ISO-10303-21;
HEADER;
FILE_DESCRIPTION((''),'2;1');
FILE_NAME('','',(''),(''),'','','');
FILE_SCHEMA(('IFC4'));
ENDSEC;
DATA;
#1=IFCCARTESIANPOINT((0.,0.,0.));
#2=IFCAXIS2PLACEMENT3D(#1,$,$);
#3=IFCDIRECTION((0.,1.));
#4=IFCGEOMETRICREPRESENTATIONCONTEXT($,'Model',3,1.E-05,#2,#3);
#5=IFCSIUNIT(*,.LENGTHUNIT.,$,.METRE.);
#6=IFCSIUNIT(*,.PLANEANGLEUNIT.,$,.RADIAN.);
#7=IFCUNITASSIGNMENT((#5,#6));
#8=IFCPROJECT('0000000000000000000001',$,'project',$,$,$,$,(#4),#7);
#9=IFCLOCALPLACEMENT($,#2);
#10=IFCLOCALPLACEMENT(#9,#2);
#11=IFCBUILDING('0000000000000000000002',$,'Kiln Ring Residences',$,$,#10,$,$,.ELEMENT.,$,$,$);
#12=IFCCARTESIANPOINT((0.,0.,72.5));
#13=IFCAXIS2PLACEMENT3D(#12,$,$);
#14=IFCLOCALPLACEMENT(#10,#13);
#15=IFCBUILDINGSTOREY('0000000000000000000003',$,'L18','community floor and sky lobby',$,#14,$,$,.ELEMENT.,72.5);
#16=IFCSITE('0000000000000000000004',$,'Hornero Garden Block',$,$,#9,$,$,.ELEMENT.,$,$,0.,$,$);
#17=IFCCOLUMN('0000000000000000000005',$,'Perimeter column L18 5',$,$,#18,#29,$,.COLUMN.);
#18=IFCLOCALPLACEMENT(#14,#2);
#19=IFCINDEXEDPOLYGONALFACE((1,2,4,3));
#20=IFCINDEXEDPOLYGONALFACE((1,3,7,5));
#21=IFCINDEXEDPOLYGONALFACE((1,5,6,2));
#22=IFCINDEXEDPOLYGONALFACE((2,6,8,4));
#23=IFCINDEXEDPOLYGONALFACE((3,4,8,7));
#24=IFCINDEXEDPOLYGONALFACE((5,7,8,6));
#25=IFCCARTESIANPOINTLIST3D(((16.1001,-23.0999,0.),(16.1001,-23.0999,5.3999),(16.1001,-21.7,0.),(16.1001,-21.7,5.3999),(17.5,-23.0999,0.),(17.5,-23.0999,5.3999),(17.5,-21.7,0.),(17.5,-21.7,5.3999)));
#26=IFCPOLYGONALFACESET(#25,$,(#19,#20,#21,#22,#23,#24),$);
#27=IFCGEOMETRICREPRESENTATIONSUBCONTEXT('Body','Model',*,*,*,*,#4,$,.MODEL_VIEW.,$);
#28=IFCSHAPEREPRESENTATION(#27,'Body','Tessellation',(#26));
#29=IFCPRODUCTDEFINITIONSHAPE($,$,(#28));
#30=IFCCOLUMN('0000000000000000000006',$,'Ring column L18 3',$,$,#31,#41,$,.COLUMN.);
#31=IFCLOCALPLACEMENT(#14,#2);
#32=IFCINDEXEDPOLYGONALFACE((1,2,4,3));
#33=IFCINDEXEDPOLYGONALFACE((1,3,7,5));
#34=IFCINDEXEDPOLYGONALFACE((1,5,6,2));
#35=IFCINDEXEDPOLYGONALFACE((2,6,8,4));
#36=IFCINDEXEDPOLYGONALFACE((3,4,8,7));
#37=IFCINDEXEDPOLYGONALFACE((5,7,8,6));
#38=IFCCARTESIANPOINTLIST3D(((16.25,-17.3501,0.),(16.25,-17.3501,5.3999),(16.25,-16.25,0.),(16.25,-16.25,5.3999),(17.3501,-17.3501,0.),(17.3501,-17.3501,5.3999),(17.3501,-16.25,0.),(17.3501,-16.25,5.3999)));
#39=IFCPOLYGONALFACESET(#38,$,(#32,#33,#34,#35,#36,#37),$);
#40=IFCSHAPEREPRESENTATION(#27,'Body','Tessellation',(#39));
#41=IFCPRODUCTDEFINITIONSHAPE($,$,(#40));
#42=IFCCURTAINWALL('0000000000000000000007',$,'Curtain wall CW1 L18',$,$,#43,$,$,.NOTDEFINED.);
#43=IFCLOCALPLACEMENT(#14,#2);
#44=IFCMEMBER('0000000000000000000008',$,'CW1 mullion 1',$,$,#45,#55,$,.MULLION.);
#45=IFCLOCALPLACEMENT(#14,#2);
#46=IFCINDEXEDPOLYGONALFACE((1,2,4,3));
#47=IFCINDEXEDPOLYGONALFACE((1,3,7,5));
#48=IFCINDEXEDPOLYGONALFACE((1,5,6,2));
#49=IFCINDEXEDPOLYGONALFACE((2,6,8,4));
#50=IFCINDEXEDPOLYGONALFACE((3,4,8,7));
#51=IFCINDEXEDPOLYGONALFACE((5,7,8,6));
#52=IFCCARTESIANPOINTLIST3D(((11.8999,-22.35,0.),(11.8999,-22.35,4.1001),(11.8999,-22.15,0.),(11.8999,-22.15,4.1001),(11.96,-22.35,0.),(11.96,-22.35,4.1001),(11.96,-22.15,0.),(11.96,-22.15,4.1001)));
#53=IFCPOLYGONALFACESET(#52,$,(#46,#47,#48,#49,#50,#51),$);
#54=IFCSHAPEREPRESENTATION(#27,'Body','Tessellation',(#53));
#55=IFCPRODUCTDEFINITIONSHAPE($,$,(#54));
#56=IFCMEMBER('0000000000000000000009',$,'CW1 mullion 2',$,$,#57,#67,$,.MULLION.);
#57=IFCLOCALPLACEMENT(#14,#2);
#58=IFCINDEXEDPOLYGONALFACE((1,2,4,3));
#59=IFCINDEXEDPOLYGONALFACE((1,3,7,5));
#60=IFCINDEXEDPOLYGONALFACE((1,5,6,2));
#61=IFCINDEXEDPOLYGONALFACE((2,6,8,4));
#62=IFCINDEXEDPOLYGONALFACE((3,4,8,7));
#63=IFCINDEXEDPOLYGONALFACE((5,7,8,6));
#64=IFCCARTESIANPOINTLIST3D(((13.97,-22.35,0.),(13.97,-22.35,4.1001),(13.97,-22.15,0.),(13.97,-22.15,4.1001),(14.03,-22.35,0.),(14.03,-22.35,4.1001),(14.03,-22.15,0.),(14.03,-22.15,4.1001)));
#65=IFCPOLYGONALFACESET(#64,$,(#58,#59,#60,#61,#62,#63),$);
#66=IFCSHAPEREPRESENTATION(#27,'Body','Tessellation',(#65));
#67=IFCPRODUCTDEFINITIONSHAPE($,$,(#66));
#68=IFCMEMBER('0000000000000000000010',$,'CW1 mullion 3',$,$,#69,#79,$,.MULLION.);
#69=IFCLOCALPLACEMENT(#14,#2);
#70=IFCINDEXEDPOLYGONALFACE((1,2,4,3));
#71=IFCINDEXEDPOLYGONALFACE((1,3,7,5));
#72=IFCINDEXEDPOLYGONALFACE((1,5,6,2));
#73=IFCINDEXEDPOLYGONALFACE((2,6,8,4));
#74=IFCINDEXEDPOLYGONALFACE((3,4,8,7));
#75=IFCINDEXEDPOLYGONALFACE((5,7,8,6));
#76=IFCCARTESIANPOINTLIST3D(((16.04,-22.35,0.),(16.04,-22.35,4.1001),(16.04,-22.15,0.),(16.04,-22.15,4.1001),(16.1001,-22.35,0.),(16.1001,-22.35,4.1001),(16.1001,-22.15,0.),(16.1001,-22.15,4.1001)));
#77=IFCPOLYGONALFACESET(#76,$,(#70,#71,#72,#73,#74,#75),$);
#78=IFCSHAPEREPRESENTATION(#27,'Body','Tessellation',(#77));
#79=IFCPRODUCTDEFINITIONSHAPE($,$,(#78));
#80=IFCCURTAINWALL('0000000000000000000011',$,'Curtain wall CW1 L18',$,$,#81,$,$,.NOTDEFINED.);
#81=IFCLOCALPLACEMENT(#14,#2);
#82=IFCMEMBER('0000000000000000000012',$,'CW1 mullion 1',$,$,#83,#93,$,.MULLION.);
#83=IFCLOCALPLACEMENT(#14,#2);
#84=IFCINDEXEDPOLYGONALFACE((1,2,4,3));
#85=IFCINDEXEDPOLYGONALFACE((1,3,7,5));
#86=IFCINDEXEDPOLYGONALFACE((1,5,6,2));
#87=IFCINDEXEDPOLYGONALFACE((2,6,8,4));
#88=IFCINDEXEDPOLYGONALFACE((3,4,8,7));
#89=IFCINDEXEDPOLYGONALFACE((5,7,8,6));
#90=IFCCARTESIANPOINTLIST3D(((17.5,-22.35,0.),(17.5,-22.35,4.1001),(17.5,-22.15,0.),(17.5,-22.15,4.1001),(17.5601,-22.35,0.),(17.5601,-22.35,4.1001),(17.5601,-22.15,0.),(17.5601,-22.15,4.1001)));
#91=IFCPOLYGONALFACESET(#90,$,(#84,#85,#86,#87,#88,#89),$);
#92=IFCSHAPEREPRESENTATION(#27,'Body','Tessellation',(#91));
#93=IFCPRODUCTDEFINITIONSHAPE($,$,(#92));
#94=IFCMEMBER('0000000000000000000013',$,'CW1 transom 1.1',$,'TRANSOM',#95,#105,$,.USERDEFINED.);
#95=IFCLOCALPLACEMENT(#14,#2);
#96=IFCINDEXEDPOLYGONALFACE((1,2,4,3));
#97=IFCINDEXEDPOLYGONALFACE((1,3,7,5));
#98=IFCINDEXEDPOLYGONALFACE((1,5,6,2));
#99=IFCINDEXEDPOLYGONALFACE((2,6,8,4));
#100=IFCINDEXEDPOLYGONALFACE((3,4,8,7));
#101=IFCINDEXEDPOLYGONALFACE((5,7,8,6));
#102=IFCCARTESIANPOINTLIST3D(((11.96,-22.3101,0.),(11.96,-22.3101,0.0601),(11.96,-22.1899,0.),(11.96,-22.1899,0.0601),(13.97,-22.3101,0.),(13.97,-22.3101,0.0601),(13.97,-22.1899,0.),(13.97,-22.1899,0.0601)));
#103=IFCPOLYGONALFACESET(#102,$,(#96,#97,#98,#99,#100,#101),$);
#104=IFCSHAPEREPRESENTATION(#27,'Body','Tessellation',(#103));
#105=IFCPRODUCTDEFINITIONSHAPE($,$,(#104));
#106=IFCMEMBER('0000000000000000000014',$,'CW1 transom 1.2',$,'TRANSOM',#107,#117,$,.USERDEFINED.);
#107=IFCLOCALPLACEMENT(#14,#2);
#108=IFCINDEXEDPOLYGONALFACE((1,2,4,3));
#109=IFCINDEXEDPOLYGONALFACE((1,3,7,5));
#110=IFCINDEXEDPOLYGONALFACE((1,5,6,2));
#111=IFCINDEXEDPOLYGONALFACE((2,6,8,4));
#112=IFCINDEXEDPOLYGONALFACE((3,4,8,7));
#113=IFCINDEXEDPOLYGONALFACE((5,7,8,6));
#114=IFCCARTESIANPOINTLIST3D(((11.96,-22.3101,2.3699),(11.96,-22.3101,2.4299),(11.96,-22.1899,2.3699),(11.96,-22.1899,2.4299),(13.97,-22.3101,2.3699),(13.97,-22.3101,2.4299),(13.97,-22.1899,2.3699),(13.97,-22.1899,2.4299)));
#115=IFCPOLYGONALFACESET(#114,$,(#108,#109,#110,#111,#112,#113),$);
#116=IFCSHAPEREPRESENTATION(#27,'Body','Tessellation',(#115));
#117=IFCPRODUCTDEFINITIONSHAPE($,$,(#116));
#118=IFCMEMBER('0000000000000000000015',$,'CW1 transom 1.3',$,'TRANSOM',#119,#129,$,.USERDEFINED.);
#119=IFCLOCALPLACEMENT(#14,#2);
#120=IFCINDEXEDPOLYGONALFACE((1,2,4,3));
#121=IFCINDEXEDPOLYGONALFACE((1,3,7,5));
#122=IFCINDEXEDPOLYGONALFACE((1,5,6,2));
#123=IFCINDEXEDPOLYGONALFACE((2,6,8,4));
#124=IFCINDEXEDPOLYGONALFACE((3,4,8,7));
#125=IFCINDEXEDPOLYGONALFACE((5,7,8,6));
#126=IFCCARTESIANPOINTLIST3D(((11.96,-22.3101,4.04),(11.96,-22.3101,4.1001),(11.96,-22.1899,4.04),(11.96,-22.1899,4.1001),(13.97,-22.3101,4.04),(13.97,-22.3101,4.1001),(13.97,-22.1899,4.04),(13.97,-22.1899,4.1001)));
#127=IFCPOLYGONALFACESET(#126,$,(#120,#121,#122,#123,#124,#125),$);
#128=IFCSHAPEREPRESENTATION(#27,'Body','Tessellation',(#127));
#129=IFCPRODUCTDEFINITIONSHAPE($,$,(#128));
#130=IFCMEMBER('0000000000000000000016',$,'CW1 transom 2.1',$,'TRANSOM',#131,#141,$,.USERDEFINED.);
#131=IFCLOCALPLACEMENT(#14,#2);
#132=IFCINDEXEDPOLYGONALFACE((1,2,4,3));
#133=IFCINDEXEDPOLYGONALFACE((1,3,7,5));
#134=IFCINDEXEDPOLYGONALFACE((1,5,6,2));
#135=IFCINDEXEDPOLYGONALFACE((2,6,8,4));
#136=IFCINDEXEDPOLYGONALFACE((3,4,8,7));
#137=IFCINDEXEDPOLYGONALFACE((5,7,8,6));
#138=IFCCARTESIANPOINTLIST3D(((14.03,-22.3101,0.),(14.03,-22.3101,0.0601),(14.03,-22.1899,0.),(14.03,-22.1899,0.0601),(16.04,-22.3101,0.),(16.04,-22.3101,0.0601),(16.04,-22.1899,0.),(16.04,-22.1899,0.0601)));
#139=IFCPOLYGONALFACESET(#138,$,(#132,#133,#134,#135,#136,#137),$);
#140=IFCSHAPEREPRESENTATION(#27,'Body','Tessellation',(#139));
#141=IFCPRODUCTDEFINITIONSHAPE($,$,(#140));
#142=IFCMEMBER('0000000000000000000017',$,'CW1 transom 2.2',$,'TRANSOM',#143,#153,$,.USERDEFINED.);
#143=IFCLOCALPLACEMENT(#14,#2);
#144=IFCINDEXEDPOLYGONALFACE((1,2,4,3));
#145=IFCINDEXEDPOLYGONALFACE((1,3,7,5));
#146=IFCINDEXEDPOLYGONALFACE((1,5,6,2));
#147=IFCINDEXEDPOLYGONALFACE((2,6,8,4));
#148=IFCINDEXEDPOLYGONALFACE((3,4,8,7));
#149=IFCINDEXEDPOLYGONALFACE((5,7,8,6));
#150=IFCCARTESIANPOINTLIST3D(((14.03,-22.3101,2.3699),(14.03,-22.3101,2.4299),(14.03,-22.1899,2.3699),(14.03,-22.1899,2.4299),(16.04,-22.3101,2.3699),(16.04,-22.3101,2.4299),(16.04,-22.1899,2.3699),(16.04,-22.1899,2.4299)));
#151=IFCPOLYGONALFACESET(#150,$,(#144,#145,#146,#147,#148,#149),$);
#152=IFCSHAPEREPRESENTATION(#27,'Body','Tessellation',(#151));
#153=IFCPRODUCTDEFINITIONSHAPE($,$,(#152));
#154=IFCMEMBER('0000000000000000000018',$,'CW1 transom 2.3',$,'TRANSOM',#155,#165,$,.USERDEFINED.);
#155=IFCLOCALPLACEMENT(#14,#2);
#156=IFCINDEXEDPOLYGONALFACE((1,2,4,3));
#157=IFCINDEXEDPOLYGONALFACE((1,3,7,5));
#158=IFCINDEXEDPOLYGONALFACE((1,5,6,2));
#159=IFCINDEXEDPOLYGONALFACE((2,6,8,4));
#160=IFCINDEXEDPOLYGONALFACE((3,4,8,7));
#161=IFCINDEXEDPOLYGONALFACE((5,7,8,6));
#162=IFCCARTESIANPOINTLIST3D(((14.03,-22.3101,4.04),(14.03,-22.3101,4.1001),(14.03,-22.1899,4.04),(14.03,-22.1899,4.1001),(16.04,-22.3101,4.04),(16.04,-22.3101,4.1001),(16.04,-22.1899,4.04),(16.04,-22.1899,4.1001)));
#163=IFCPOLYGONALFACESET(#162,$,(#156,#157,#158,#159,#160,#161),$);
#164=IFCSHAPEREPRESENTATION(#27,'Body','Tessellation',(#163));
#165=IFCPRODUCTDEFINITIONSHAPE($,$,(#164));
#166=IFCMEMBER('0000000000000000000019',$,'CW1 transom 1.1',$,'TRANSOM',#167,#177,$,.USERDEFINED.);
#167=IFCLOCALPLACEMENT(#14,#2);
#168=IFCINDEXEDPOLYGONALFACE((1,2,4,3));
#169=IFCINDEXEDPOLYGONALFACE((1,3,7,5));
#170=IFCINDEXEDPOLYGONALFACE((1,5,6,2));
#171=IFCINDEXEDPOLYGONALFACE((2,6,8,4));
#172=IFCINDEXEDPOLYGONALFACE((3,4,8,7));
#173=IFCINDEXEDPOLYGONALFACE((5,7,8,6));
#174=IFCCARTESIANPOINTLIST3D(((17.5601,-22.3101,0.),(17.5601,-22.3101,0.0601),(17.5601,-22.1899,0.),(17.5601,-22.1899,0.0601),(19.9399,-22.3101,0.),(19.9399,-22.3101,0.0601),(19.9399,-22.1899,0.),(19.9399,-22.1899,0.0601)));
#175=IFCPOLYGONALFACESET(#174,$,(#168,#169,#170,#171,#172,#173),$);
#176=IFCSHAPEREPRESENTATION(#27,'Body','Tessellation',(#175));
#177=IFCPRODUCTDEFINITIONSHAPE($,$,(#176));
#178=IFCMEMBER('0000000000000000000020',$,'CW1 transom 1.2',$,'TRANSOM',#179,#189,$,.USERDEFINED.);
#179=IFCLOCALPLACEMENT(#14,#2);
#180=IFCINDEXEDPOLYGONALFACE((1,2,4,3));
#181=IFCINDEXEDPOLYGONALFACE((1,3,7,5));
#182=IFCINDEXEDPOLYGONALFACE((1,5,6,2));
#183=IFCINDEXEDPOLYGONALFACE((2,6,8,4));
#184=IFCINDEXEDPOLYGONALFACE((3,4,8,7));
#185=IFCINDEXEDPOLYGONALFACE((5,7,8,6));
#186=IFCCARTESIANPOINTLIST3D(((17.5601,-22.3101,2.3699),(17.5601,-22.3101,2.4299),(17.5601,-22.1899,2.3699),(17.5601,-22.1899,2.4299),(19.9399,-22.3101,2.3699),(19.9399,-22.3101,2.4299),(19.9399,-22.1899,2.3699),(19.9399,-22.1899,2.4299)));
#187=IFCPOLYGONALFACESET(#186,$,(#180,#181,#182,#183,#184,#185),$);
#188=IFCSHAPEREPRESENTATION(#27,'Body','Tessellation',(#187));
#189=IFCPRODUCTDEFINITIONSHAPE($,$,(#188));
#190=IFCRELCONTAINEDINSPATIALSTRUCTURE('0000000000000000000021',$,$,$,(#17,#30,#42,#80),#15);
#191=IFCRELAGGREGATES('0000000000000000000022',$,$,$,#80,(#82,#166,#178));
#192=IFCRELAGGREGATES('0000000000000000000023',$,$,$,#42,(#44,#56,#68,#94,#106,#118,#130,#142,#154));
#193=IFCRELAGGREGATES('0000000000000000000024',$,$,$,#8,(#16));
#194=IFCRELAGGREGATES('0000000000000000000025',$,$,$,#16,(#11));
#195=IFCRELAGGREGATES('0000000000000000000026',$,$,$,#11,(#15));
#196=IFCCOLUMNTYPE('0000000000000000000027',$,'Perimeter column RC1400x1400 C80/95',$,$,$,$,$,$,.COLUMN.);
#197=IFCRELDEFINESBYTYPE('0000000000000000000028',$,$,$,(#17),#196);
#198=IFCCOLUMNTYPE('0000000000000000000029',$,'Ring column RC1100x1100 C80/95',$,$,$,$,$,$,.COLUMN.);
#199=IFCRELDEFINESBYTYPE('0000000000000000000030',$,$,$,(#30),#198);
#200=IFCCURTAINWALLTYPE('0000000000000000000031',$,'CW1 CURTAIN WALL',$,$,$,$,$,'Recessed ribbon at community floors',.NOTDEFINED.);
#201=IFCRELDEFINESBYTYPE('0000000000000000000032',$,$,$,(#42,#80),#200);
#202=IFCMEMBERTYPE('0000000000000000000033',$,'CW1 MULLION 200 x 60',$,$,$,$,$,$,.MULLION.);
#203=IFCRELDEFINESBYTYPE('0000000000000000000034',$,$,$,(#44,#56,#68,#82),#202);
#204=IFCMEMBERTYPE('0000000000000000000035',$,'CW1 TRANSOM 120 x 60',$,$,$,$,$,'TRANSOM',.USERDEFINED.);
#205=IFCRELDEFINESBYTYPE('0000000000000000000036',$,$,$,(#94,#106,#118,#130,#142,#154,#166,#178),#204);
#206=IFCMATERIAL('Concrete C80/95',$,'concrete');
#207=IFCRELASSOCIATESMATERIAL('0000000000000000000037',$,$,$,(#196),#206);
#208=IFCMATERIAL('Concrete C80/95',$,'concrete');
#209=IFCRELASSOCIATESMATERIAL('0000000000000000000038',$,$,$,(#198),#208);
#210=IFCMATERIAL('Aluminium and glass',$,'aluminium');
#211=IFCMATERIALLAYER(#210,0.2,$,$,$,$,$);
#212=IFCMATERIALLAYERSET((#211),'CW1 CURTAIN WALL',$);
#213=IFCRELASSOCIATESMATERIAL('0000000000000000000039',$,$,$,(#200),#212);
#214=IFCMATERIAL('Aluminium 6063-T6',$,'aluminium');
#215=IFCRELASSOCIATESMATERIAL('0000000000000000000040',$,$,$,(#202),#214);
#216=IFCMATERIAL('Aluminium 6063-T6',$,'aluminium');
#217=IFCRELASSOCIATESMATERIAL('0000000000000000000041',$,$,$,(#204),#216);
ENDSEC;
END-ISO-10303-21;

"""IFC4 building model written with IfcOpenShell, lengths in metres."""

from ifc_helpers import new_model, si_unit, direction, frame, origin, origin_2d, place, context, subcontext, project, spatial, rectangle, extrude, material, layer, layer_set, material_profile, profile_set, type_object, element, aggregate, save


model = new_model("IFC4")

# Units and contexts
model_context = context("Model", 3, precision=1e-05, world=origin(), true_north=direction((0.0, 1.0)))
body_context = subcontext(model_context, "Body", "Model", "MODEL_VIEW")
ifc_project = project(units=[si_unit("LENGTHUNIT", "METRE"), si_unit("PLANEANGLEUNIT", "RADIAN")], contexts=[model_context])

# Site, building, storey
site_placement = place(None, origin())
site = spatial("IfcSite", under=ifc_project, at=site_placement, Name="Hornero Garden Block", CompositionType="ELEMENT", RefElevation=0.0)
building_placement = place(site_placement, origin())
building = spatial("IfcBuilding", under=site, at=building_placement, Name="Kiln Ring Residences", CompositionType="ELEMENT")
storey_placement = place(building_placement, frame((0.0, 0.0, 72.5)))
storey = spatial("IfcBuildingStorey", under=building, at=storey_placement, Name="L18", Description="community floor and sky lobby", CompositionType="ELEMENT", Elevation=72.5)

# Columns
ifc_material_1 = material(Name="Concrete C80/95", Category="concrete")
ifc_material_profile_1 = material_profile(ifc_material_1, rectangle(XDim=1.3999, YDim=1.3999, at=origin_2d()), Name="RC1400x1400")
ifc_profile_set_1 = profile_set([ifc_material_profile_1], Name="Concrete C80/95")
column_type_1 = type_object("IfcColumnType", Name="Perimeter column RC1400x1400 C80/95", PredefinedType="COLUMN", material=ifc_profile_set_1)
column_1_placement = place(storey_placement, frame((16.8, -22.3999, 0.0), z_axis=(0.0, 0.0, 1.0), x_axis=(1.0, 0.0, 0.0)))
element("IfcColumn", 1, at=column_1_placement, inside=storey, type_object=column_type_1, Name="Perimeter column L18 5", PredefinedType="COLUMN", context=body_context, shape_type="SweptSolid", body=[
    extrude(rectangle(XDim=1.3999, YDim=1.3999, at=origin_2d()), origin(), (0.0, 0.0, 1.0), 5.3999),
])
ifc_material_2 = material(Name="Concrete C80/95", Category="concrete")
ifc_material_profile_2 = material_profile(ifc_material_2, rectangle(XDim=1.1001, YDim=1.1001, at=origin_2d()), Name="RC1100x1100")
ifc_profile_set_2 = profile_set([ifc_material_profile_2], Name="Concrete C80/95")
column_type_2 = type_object("IfcColumnType", Name="Ring column RC1100x1100 C80/95", PredefinedType="COLUMN", material=ifc_profile_set_2)
column_2_placement = place(storey_placement, frame((16.8, -16.8, 0.0), z_axis=(0.0, 0.0, 1.0), x_axis=(1.0, 0.0, 0.0)))
element("IfcColumn", 2, at=column_2_placement, inside=storey, type_object=column_type_2, Name="Ring column L18 3", PredefinedType="COLUMN", context=body_context, shape_type="SweptSolid", body=[
    extrude(rectangle(XDim=1.1001, YDim=1.1001, at=origin_2d()), origin(), (0.0, 0.0, 1.0), 5.3999),
])

# Curtain wall, members
ifc_material_3 = material(Name="Aluminium and glass", Category="aluminium")
ifc_layer_1 = layer(ifc_material_3, 0.2)
ifc_layer_set_1 = layer_set([ifc_layer_1], Name="CW1 CURTAIN WALL")
curtain_wall_type = type_object("IfcCurtainWallType", Name="CW1 CURTAIN WALL", ElementType="Recessed ribbon at community floors", PredefinedType="NOTDEFINED", material=ifc_layer_set_1)
placement = place(storey_placement, origin())
curtain_wall_1 = element("IfcCurtainWall", 3, at=placement, inside=storey, type_object=curtain_wall_type, Name="Curtain wall CW1 L18", PredefinedType="NOTDEFINED")
ifc_material_4 = material(Name="Aluminium 6063-T6", Category="aluminium")
ifc_material_profile_3 = material_profile(ifc_material_4, rectangle(XDim=0.2, YDim=0.0601, at=origin_2d()), Name="AL 200x60")
ifc_profile_set_3 = profile_set([ifc_material_profile_3], Name="Aluminium 6063-T6")
member_type_1 = type_object("IfcMemberType", Name="CW1 MULLION 200 x 60", PredefinedType="MULLION", material=ifc_profile_set_3)
member_1_placement = place(storey_placement, frame((11.9299, -22.25, 0.0), z_axis=(0.0, 0.0, 1.0), x_axis=(0.0, 1.0, 0.0)))
member_1 = element("IfcMember", 4, at=member_1_placement, type_object=member_type_1, Name="CW1 mullion 1", PredefinedType="MULLION", context=body_context, shape_type="SweptSolid", body=[
    extrude(rectangle(XDim=0.2, YDim=0.0601, at=origin_2d()), origin(), (0.0, 0.0, 1.0), 4.1001),
])
member_2_placement = place(storey_placement, frame((14.0, -22.25, 0.0), z_axis=(0.0, 0.0, 1.0), x_axis=(0.0, 1.0, 0.0)))
member_2 = element("IfcMember", 5, at=member_2_placement, type_object=member_type_1, Name="CW1 mullion 2", PredefinedType="MULLION", context=body_context, shape_type="SweptSolid", body=[
    extrude(rectangle(XDim=0.2, YDim=0.0601, at=origin_2d()), origin(), (0.0, 0.0, 1.0), 4.1001),
])
member_3_placement = place(storey_placement, frame((16.0701, -22.25, 0.0), z_axis=(0.0, 0.0, 1.0), x_axis=(0.0, 1.0, 0.0)))
member_3 = element("IfcMember", 6, at=member_3_placement, type_object=member_type_1, Name="CW1 mullion 3", PredefinedType="MULLION", context=body_context, shape_type="SweptSolid", body=[
    extrude(rectangle(XDim=0.2, YDim=0.0601, at=origin_2d()), origin(), (0.0, 0.0, 1.0), 4.1001),
])

# Curtain wall, member
curtain_wall_2 = element("IfcCurtainWall", 7, at=placement, inside=storey, type_object=curtain_wall_type, Name="Curtain wall CW1 L18", PredefinedType="NOTDEFINED")
member_4_placement = place(storey_placement, frame((17.53, -22.25, 0.0), z_axis=(0.0, 0.0, 1.0), x_axis=(0.0, 1.0, 0.0)))
member_4 = element("IfcMember", 8, at=member_4_placement, type_object=member_type_1, Name="CW1 mullion 1", PredefinedType="MULLION", context=body_context, shape_type="SweptSolid", body=[
    extrude(rectangle(XDim=0.2, YDim=0.0601, at=origin_2d()), origin(), (0.0, 0.0, 1.0), 4.1001),
])

# Members
ifc_material_5 = material(Name="Aluminium 6063-T6", Category="aluminium")
ifc_material_profile_4 = material_profile(ifc_material_5, rectangle(XDim=0.1201, YDim=0.0601, at=origin_2d()), Name="AL 120x60")
ifc_profile_set_4 = profile_set([ifc_material_profile_4], Name="Aluminium 6063-T6")
member_type_2 = type_object("IfcMemberType", Name="CW1 TRANSOM 120 x 60", ElementType="TRANSOM", PredefinedType="USERDEFINED", material=ifc_profile_set_4)
member_5_placement = place(storey_placement, frame((11.96, -22.25, 0.03), z_axis=(1.0, 0.0, 0.0), x_axis=(0.0, 1.0, 0.0)))
member_5 = element("IfcMember", 9, at=member_5_placement, type_object=member_type_2, Name="CW1 transom 1.1", ObjectType="TRANSOM", PredefinedType="USERDEFINED", context=body_context, shape_type="SweptSolid", body=[
    extrude(rectangle(XDim=0.1201, YDim=0.0601, at=origin_2d()), origin(), (0.0, 0.0, 1.0), 2.01),
])
member_6_placement = place(storey_placement, frame((11.96, -22.25, 2.3999), z_axis=(1.0, 0.0, 0.0), x_axis=(0.0, 1.0, 0.0)))
member_6 = element("IfcMember", 10, at=member_6_placement, type_object=member_type_2, Name="CW1 transom 1.2", ObjectType="TRANSOM", PredefinedType="USERDEFINED", context=body_context, shape_type="SweptSolid", body=[
    extrude(rectangle(XDim=0.1201, YDim=0.0601, at=origin_2d()), origin(), (0.0, 0.0, 1.0), 2.01),
])
member_7_placement = place(storey_placement, frame((11.96, -22.25, 4.0701), z_axis=(1.0, 0.0, 0.0), x_axis=(0.0, 1.0, 0.0)))
member_7 = element("IfcMember", 11, at=member_7_placement, type_object=member_type_2, Name="CW1 transom 1.3", ObjectType="TRANSOM", PredefinedType="USERDEFINED", context=body_context, shape_type="SweptSolid", body=[
    extrude(rectangle(XDim=0.1201, YDim=0.0601, at=origin_2d()), origin(), (0.0, 0.0, 1.0), 2.01),
])
member_8_placement = place(storey_placement, frame((14.03, -22.25, 0.03), z_axis=(1.0, 0.0, 0.0), x_axis=(0.0, 1.0, 0.0)))
member_8 = element("IfcMember", 12, at=member_8_placement, type_object=member_type_2, Name="CW1 transom 2.1", ObjectType="TRANSOM", PredefinedType="USERDEFINED", context=body_context, shape_type="SweptSolid", body=[
    extrude(rectangle(XDim=0.1201, YDim=0.0601, at=origin_2d()), origin(), (0.0, 0.0, 1.0), 2.01),
])
member_9_placement = place(storey_placement, frame((14.03, -22.25, 2.3999), z_axis=(1.0, 0.0, 0.0), x_axis=(0.0, 1.0, 0.0)))
member_9 = element("IfcMember", 13, at=member_9_placement, type_object=member_type_2, Name="CW1 transom 2.2", ObjectType="TRANSOM", PredefinedType="USERDEFINED", context=body_context, shape_type="SweptSolid", body=[
    extrude(rectangle(XDim=0.1201, YDim=0.0601, at=origin_2d()), origin(), (0.0, 0.0, 1.0), 2.01),
])
member_10_placement = place(storey_placement, frame((14.03, -22.25, 4.0701), z_axis=(1.0, 0.0, 0.0), x_axis=(0.0, 1.0, 0.0)))
member_10 = element("IfcMember", 14, at=member_10_placement, type_object=member_type_2, Name="CW1 transom 2.3", ObjectType="TRANSOM", PredefinedType="USERDEFINED", context=body_context, shape_type="SweptSolid", body=[
    extrude(rectangle(XDim=0.1201, YDim=0.0601, at=origin_2d()), origin(), (0.0, 0.0, 1.0), 2.01),
])
member_11_placement = place(storey_placement, frame((17.5601, -22.25, 0.03), z_axis=(1.0, 0.0, 0.0), x_axis=(0.0, 1.0, 0.0)))
member_11 = element("IfcMember", 15, at=member_11_placement, type_object=member_type_2, Name="CW1 transom 1.1", ObjectType="TRANSOM", PredefinedType="USERDEFINED", context=body_context, shape_type="SweptSolid", body=[
    extrude(rectangle(XDim=0.1201, YDim=0.0601, at=origin_2d()), origin(), (0.0, 0.0, 1.0), 2.3799),
])
member_12_placement = place(storey_placement, frame((17.5601, -22.25, 2.3999), z_axis=(1.0, 0.0, 0.0), x_axis=(0.0, 1.0, 0.0)))
member_12 = element("IfcMember", 16, at=member_12_placement, type_object=member_type_2, Name="CW1 transom 1.2", ObjectType="TRANSOM", PredefinedType="USERDEFINED", context=body_context, shape_type="SweptSolid", body=[
    extrude(rectangle(XDim=0.1201, YDim=0.0601, at=origin_2d()), origin(), (0.0, 0.0, 1.0), 2.3799),
])
aggregate(curtain_wall_2, [member_4, member_11, member_12])

aggregate(curtain_wall_1, [member_1, member_2, member_3, member_5, member_6, member_7, member_8, member_9, member_10])

save(model, "model.ifc")
